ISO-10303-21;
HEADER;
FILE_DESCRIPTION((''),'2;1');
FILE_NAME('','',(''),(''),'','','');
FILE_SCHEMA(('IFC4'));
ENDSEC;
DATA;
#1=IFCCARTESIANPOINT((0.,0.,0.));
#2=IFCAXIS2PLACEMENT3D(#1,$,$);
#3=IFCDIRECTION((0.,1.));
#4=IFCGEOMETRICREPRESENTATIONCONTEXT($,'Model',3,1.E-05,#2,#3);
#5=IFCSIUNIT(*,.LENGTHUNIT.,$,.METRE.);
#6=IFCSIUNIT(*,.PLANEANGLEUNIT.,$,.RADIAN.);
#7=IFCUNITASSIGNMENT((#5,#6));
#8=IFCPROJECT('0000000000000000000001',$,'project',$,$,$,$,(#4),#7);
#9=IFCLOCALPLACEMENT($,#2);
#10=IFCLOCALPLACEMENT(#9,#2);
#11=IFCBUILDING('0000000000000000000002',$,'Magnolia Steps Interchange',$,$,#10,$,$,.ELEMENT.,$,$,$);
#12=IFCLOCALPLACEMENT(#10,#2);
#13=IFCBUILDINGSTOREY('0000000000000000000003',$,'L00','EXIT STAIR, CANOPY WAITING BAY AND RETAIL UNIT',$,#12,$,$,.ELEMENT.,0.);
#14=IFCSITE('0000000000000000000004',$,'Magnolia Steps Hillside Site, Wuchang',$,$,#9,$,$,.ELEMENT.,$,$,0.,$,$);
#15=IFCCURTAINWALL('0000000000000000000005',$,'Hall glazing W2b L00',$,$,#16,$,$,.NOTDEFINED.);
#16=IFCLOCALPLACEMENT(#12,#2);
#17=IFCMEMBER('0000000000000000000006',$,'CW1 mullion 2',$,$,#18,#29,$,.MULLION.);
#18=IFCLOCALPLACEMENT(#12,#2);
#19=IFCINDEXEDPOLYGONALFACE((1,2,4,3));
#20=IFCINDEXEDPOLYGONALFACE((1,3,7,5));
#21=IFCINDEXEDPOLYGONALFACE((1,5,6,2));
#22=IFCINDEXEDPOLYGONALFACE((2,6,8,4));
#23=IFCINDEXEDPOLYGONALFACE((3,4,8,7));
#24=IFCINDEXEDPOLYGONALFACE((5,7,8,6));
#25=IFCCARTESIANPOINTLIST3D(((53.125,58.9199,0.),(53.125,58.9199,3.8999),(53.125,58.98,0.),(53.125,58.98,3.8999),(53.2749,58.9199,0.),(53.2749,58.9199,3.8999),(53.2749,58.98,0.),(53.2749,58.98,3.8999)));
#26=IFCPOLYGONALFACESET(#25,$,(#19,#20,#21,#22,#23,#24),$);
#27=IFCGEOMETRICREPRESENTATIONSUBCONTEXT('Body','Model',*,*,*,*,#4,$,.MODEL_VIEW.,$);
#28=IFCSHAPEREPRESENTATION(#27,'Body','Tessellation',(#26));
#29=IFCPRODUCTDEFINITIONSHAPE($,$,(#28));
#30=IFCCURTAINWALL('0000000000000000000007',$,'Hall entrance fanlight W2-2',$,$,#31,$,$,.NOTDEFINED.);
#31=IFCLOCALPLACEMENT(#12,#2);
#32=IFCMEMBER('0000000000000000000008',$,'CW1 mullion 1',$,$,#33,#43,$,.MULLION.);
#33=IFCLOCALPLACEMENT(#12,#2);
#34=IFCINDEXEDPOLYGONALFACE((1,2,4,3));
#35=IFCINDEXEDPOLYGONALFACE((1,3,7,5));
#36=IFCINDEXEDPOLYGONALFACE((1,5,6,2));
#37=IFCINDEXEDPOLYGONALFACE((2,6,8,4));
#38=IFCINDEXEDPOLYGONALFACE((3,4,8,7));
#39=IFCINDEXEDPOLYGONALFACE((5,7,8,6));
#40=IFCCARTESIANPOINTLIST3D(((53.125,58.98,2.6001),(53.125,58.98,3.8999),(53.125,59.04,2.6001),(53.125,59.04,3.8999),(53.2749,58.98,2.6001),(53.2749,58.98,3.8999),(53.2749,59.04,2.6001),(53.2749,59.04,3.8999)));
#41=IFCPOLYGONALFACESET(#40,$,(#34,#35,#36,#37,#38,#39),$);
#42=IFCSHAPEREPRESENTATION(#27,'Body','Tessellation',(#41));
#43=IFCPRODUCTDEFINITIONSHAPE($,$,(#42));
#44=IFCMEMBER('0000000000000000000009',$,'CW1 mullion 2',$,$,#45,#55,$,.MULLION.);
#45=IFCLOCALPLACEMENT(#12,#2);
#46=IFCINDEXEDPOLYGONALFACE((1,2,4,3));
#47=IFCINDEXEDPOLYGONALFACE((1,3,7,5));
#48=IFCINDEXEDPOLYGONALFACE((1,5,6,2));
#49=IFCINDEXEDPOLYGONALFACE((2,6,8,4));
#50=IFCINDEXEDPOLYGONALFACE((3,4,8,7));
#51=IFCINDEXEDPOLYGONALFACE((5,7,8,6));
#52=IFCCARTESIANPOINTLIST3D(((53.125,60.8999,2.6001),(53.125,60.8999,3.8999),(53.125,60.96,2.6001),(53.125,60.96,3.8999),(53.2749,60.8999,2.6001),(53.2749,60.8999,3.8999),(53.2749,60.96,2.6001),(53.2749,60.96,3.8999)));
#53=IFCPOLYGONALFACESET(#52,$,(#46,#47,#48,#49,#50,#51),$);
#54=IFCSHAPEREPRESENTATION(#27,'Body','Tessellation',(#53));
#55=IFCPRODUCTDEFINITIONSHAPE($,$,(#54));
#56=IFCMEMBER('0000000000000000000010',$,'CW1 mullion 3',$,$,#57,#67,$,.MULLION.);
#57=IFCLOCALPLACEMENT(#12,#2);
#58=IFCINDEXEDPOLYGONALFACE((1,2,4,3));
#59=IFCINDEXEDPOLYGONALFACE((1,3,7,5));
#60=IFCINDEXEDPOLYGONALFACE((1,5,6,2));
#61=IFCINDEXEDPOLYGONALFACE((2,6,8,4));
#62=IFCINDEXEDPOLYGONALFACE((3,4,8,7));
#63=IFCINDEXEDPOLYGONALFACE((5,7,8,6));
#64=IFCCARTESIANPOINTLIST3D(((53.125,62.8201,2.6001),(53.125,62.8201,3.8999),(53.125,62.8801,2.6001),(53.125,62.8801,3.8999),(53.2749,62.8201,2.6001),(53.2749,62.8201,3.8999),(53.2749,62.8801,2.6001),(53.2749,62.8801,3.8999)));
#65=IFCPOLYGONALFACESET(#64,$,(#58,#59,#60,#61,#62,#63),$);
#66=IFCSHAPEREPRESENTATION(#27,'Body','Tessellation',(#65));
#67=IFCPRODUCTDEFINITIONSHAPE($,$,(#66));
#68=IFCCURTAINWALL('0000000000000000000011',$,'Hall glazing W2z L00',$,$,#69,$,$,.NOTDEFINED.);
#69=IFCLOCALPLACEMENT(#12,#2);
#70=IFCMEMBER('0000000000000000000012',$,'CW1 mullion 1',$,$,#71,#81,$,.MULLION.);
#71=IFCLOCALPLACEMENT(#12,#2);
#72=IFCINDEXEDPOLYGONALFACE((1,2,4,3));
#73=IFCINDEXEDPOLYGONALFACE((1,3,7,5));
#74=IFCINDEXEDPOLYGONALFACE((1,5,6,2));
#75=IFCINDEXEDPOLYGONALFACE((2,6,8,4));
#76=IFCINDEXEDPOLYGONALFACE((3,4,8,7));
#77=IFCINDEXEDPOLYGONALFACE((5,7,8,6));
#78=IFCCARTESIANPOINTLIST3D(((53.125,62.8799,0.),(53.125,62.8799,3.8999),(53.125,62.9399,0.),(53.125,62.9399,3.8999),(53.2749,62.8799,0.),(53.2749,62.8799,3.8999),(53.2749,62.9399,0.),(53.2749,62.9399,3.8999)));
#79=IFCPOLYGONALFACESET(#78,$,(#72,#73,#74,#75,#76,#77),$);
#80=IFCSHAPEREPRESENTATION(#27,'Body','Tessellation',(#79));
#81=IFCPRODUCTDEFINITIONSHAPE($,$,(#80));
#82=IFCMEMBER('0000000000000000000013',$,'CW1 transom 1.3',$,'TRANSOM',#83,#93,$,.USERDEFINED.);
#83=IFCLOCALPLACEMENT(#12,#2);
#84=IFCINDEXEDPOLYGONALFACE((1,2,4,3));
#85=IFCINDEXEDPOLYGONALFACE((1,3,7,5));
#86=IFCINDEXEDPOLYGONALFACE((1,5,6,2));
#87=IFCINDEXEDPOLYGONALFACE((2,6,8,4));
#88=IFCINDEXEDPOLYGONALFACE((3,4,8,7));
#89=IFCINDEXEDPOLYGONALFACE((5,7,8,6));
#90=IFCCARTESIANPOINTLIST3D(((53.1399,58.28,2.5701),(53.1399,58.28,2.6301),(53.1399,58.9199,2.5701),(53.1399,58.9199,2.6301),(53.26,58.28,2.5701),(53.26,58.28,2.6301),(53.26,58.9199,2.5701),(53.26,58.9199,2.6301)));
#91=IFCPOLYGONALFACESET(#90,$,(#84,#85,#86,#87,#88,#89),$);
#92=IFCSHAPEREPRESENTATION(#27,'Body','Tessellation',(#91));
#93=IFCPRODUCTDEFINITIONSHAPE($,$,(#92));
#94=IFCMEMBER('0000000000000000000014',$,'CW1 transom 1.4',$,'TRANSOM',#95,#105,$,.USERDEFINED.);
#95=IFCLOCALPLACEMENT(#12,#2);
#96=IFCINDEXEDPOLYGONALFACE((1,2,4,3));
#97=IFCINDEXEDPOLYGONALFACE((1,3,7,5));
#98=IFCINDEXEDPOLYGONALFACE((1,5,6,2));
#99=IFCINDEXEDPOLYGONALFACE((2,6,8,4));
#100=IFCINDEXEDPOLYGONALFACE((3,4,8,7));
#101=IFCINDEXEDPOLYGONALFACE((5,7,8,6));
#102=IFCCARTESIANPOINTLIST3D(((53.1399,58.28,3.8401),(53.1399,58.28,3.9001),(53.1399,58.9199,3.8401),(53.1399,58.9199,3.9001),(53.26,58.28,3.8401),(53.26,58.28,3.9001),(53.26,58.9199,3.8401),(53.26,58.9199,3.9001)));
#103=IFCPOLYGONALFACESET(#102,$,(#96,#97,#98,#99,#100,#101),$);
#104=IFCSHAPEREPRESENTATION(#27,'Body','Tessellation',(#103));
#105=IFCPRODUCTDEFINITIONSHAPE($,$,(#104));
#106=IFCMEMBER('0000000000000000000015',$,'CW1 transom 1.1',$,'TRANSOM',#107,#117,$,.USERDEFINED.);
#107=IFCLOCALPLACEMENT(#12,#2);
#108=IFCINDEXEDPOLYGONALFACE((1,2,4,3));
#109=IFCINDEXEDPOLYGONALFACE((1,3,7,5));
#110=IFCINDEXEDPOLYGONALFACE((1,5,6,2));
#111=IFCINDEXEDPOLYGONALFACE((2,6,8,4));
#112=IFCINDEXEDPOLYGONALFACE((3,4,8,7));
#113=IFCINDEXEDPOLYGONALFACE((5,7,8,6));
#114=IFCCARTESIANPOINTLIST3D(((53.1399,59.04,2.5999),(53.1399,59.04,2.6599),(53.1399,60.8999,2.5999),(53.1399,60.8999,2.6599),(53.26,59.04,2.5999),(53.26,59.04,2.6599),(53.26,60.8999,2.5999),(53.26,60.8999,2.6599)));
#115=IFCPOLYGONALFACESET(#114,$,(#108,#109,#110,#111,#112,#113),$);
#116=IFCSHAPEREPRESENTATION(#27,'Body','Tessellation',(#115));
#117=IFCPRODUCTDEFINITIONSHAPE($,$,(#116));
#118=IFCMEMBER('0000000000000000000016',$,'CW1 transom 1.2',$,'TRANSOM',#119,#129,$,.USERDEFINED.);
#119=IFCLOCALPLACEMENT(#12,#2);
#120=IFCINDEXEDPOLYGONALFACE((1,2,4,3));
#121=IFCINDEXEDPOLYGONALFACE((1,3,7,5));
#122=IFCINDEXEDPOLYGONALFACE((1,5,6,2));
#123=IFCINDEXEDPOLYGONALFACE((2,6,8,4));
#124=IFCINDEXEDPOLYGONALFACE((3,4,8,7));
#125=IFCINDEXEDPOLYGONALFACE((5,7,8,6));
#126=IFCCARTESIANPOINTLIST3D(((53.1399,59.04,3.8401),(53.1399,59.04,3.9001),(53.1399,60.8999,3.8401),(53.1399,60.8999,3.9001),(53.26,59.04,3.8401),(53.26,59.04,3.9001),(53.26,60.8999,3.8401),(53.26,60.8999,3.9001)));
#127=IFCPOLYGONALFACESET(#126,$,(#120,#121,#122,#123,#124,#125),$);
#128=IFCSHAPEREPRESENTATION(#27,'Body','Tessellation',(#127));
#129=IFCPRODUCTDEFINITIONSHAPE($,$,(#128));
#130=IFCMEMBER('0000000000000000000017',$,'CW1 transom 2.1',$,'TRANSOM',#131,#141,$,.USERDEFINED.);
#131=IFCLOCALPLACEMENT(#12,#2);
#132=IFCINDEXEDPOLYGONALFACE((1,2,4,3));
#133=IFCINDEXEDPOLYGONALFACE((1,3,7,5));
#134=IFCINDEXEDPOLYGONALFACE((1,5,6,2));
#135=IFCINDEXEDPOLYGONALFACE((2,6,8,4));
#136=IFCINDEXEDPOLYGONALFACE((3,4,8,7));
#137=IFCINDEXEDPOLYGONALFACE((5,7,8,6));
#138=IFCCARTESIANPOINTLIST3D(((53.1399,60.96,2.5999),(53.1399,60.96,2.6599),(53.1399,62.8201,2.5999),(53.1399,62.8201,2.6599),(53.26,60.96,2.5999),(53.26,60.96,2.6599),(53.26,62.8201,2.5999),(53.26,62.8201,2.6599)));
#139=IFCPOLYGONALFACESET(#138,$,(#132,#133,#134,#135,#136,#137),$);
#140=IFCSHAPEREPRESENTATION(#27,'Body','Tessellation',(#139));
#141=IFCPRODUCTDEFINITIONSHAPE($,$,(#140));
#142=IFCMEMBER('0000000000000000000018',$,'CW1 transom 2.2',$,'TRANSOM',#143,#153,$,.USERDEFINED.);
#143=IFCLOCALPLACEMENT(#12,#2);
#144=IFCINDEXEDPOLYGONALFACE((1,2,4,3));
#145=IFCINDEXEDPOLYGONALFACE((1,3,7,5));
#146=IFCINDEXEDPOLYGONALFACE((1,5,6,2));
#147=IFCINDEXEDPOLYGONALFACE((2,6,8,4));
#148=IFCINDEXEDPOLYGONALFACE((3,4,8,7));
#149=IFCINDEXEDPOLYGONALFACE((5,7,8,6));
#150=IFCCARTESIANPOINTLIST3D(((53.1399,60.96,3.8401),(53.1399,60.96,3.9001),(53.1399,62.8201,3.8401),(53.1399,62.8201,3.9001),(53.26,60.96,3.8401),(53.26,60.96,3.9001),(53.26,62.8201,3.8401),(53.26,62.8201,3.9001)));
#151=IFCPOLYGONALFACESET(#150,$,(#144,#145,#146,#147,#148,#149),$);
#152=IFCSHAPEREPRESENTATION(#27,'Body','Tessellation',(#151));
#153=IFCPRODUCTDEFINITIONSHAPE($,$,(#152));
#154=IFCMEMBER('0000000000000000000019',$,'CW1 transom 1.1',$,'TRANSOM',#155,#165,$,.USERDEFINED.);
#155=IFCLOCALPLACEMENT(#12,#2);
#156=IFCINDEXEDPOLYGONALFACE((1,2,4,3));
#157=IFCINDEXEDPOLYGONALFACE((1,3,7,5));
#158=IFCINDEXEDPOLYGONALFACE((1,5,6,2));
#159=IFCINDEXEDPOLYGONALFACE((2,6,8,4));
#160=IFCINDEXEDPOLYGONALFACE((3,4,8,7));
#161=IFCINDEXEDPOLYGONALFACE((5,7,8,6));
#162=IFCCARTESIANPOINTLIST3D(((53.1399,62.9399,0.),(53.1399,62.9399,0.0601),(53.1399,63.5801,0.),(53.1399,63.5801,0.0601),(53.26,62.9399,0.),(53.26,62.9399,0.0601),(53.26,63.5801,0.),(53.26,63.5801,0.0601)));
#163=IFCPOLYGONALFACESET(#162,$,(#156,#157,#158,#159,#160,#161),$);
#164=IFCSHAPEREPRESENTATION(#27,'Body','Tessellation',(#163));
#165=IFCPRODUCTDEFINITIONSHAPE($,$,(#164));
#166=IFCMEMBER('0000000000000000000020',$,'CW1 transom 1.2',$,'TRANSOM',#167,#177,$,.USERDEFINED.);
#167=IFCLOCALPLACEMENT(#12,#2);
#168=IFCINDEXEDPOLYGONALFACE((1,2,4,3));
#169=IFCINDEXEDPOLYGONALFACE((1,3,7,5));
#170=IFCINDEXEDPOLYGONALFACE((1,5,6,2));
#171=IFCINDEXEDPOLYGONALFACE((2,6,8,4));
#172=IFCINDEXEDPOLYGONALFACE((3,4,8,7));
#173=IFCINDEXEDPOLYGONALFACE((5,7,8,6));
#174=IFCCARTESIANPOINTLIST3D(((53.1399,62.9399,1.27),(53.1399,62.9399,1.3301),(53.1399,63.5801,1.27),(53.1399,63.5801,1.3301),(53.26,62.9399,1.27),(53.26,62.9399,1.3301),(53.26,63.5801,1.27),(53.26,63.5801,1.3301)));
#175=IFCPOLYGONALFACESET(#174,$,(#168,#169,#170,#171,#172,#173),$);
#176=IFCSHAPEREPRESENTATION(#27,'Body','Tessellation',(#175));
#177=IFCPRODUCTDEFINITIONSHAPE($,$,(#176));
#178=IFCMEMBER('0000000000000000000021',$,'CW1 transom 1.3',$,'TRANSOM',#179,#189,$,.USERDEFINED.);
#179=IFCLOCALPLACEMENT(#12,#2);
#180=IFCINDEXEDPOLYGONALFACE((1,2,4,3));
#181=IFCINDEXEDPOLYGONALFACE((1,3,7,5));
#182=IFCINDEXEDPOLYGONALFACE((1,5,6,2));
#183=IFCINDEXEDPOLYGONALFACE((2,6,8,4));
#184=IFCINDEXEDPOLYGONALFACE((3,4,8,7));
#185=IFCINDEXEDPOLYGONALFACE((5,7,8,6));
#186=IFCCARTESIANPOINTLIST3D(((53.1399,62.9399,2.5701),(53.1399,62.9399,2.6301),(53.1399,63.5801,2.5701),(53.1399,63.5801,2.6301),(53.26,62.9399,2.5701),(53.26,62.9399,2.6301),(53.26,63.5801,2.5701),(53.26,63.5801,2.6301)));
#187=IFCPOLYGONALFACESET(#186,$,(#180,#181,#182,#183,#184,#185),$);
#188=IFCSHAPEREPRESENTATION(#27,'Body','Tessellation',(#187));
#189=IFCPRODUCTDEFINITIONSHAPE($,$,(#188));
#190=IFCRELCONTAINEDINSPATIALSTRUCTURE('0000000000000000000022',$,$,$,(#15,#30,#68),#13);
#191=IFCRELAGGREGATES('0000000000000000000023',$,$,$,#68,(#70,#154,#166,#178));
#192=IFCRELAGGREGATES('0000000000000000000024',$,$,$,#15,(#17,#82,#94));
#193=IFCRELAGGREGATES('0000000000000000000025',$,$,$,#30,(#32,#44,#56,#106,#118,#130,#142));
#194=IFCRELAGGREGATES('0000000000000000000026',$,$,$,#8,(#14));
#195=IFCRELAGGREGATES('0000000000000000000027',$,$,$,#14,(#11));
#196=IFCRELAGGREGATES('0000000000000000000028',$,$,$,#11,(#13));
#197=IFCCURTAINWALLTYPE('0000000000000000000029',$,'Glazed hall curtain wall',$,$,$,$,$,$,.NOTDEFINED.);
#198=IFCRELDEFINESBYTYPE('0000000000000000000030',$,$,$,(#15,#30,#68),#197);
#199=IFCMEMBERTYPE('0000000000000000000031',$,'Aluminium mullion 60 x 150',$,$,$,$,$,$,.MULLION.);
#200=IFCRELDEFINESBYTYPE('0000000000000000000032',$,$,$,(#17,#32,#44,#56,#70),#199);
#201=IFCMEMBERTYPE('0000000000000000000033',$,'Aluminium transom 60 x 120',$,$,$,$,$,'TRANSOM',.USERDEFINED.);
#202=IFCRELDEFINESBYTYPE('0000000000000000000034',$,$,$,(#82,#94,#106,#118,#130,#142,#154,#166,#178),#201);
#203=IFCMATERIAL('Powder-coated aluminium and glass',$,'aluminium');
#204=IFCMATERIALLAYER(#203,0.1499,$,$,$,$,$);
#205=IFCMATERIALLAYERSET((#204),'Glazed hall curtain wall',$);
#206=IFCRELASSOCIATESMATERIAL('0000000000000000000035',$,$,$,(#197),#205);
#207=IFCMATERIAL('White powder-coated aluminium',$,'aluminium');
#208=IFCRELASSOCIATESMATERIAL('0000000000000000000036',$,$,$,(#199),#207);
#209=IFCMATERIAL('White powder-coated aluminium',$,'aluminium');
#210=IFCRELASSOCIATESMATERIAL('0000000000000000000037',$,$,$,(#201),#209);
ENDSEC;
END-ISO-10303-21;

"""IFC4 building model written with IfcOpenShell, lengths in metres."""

from ifc_helpers import new_model, si_unit, direction, frame, origin, origin_2d, place, context, subcontext, project, spatial, rectangle, extrude, material, layer, layer_set, material_profile, profile_set, type_object, element, aggregate, save


model = new_model("IFC4")

# Units and contexts
model_context = context("Model", 3, precision=1e-05, world=origin(), true_north=direction((0.0, 1.0)))
body_context = subcontext(model_context, "Body", "Model", "MODEL_VIEW")
ifc_project = project(units=[si_unit("LENGTHUNIT", "METRE"), si_unit("PLANEANGLEUNIT", "RADIAN")], contexts=[model_context])

# Site, building, storey
site_placement = place(None, origin())
site = spatial("IfcSite", under=ifc_project, at=site_placement, Name="Magnolia Steps Hillside Site, Wuchang", CompositionType="ELEMENT", RefElevation=0.0)
building_placement = place(site_placement, origin())
building = spatial("IfcBuilding", under=site, at=building_placement, Name="Magnolia Steps Interchange", CompositionType="ELEMENT")
storey_placement = place(building_placement, origin())
storey = spatial("IfcBuildingStorey", under=building, at=storey_placement, Name="L00", Description="EXIT STAIR, CANOPY WAITING BAY AND RETAIL UNIT", CompositionType="ELEMENT", Elevation=0.0)

# Curtain wall, member
ifc_material_1 = material(Name="Powder-coated aluminium and glass", Category="aluminium")
ifc_layer_1 = layer(ifc_material_1, 0.1499)
ifc_layer_set_1 = layer_set([ifc_layer_1], Name="Glazed hall curtain wall")
curtain_wall_type = type_object("IfcCurtainWallType", Name="Glazed hall curtain wall", PredefinedType="NOTDEFINED", material=ifc_layer_set_1)
curtain_wall_1_placement = place(storey_placement, origin())
curtain_wall_1 = element("IfcCurtainWall", 1, at=curtain_wall_1_placement, inside=storey, type_object=curtain_wall_type, Name="Hall glazing W2b L00", PredefinedType="NOTDEFINED")
ifc_material_2 = material(Name="White powder-coated aluminium", Category="aluminium")
ifc_material_profile_1 = material_profile(ifc_material_2, rectangle(XDim=0.0601, YDim=0.1499, at=origin_2d()), Name="Aluminium mullion 60 x 150")
ifc_profile_set_1 = profile_set([ifc_material_profile_1], Name="White powder-coated aluminium")
member_type_1 = type_object("IfcMemberType", Name="Aluminium mullion 60 x 150", PredefinedType="MULLION", material=ifc_profile_set_1)
member_1_placement = place(storey_placement, frame((53.2, 58.95, 0.0), z_axis=(0.0, 0.0, 1.0), x_axis=(0.0, 1.0, 0.0)))
member_1 = element("IfcMember", 2, at=member_1_placement, type_object=member_type_1, Name="CW1 mullion 2", PredefinedType="MULLION", context=body_context, shape_type="SweptSolid", body=[
    extrude(rectangle(XDim=0.0601, YDim=0.1499, at=origin_2d()), origin(), (0.0, 0.0, 1.0), 3.8999),
])

# Curtain wall, members
curtain_wall_2_placement = place(storey_placement, origin())
curtain_wall_2 = element("IfcCurtainWall", 3, at=curtain_wall_2_placement, inside=storey, type_object=curtain_wall_type, Name="Hall entrance fanlight W2-2", PredefinedType="NOTDEFINED")
member_2_placement = place(storey_placement, frame((53.2, 59.01, 2.6001), z_axis=(0.0, 0.0, 1.0), x_axis=(0.0, 1.0, 0.0)))
member_2 = element("IfcMember", 4, at=member_2_placement, type_object=member_type_1, Name="CW1 mullion 1", PredefinedType="MULLION", context=body_context, shape_type="SweptSolid", body=[
    extrude(rectangle(XDim=0.0601, YDim=0.1499, at=origin_2d()), origin(), (0.0, 0.0, 1.0), 1.2998),
])
member_3_placement = place(storey_placement, frame((53.2, 60.9299, 2.6001), z_axis=(0.0, 0.0, 1.0), x_axis=(0.0, 1.0, 0.0)))
member_3 = element("IfcMember", 5, at=member_3_placement, type_object=member_type_1, Name="CW1 mullion 2", PredefinedType="MULLION", context=body_context, shape_type="SweptSolid", body=[
    extrude(rectangle(XDim=0.0601, YDim=0.1499, at=origin_2d()), origin(), (0.0, 0.0, 1.0), 1.2998),
])
member_4_placement = place(storey_placement, frame((53.2, 62.8501, 2.6001), z_axis=(0.0, 0.0, 1.0), x_axis=(0.0, 1.0, 0.0)))
member_4 = element("IfcMember", 6, at=member_4_placement, type_object=member_type_1, Name="CW1 mullion 3", PredefinedType="MULLION", context=body_context, shape_type="SweptSolid", body=[
    extrude(rectangle(XDim=0.0601, YDim=0.1499, at=origin_2d()), origin(), (0.0, 0.0, 1.0), 1.2998),
])

# Curtain wall, member
curtain_wall_3_placement = place(storey_placement, origin())
curtain_wall_3 = element("IfcCurtainWall", 7, at=curtain_wall_3_placement, inside=storey, type_object=curtain_wall_type, Name="Hall glazing W2z L00", PredefinedType="NOTDEFINED")
member_5_placement = place(storey_placement, frame((53.2, 62.9099, 0.0), z_axis=(0.0, 0.0, 1.0), x_axis=(0.0, 1.0, 0.0)))
member_5 = element("IfcMember", 8, at=member_5_placement, type_object=member_type_1, Name="CW1 mullion 1", PredefinedType="MULLION", context=body_context, shape_type="SweptSolid", body=[
    extrude(rectangle(XDim=0.0601, YDim=0.1499, at=origin_2d()), origin(), (0.0, 0.0, 1.0), 3.8999),
])

# Members
ifc_material_3 = material(Name="White powder-coated aluminium", Category="aluminium")
ifc_material_profile_2 = material_profile(ifc_material_3, rectangle(XDim=0.0601, YDim=0.1201, at=origin_2d()), Name="Aluminium transom 60 x 120")
ifc_profile_set_2 = profile_set([ifc_material_profile_2], Name="White powder-coated aluminium")
member_type_2 = type_object("IfcMemberType", Name="Aluminium transom 60 x 120", ElementType="TRANSOM", PredefinedType="USERDEFINED", material=ifc_profile_set_2)
member_6_placement = place(storey_placement, frame((53.2, 58.28, 2.6001), z_axis=(0.0, 1.0, 0.0), x_axis=(0.0, 0.0, 1.0)))
member_6 = element("IfcMember", 9, at=member_6_placement, type_object=member_type_2, Name="CW1 transom 1.3", ObjectType="TRANSOM", PredefinedType="USERDEFINED", context=body_context, shape_type="SweptSolid", body=[
    extrude(rectangle(XDim=0.0601, YDim=0.1201, at=origin_2d()), origin(), (0.0, 0.0, 1.0), 0.6399),
])
member_7_placement = place(storey_placement, frame((53.2, 58.28, 3.8701), z_axis=(0.0, 1.0, 0.0), x_axis=(0.0, 0.0, 1.0)))
member_7 = element("IfcMember", 10, at=member_7_placement, type_object=member_type_2, Name="CW1 transom 1.4", ObjectType="TRANSOM", PredefinedType="USERDEFINED", context=body_context, shape_type="SweptSolid", body=[
    extrude(rectangle(XDim=0.0601, YDim=0.1201, at=origin_2d()), origin(), (0.0, 0.0, 1.0), 0.6399),
])
member_8_placement = place(storey_placement, frame((53.2, 59.04, 2.6299), z_axis=(0.0, 1.0, 0.0), x_axis=(0.0, 0.0, 1.0)))
member_8 = element("IfcMember", 11, at=member_8_placement, type_object=member_type_2, Name="CW1 transom 1.1", ObjectType="TRANSOM", PredefinedType="USERDEFINED", context=body_context, shape_type="SweptSolid", body=[
    extrude(rectangle(XDim=0.0601, YDim=0.1201, at=origin_2d()), origin(), (0.0, 0.0, 1.0), 1.8599),
])
member_9_placement = place(storey_placement, frame((53.2, 59.04, 3.8701), z_axis=(0.0, 1.0, 0.0), x_axis=(0.0, 0.0, 1.0)))
member_9 = element("IfcMember", 12, at=member_9_placement, type_object=member_type_2, Name="CW1 transom 1.2", ObjectType="TRANSOM", PredefinedType="USERDEFINED", context=body_context, shape_type="SweptSolid", body=[
    extrude(rectangle(XDim=0.0601, YDim=0.1201, at=origin_2d()), origin(), (0.0, 0.0, 1.0), 1.8599),
])
member_10_placement = place(storey_placement, frame((53.2, 60.96, 2.6299), z_axis=(0.0, 1.0, 0.0), x_axis=(0.0, 0.0, 1.0)))
member_10 = element("IfcMember", 13, at=member_10_placement, type_object=member_type_2, Name="CW1 transom 2.1", ObjectType="TRANSOM", PredefinedType="USERDEFINED", context=body_context, shape_type="SweptSolid", body=[
    extrude(rectangle(XDim=0.0601, YDim=0.1201, at=origin_2d()), origin(), (0.0, 0.0, 1.0), 1.8601),
])
member_11_placement = place(storey_placement, frame((53.2, 60.96, 3.8701), z_axis=(0.0, 1.0, 0.0), x_axis=(0.0, 0.0, 1.0)))
member_11 = element("IfcMember", 14, at=member_11_placement, type_object=member_type_2, Name="CW1 transom 2.2", ObjectType="TRANSOM", PredefinedType="USERDEFINED", context=body_context, shape_type="SweptSolid", body=[
    extrude(rectangle(XDim=0.0601, YDim=0.1201, at=origin_2d()), origin(), (0.0, 0.0, 1.0), 1.8601),
])
member_12_placement = place(storey_placement, frame((53.2, 62.9399, 0.03), z_axis=(0.0, 1.0, 0.0), x_axis=(0.0, 0.0, 1.0)))
member_12 = element("IfcMember", 15, at=member_12_placement, type_object=member_type_2, Name="CW1 transom 1.1", ObjectType="TRANSOM", PredefinedType="USERDEFINED", context=body_context, shape_type="SweptSolid", body=[
    extrude(rectangle(XDim=0.0601, YDim=0.1201, at=origin_2d()), origin(), (0.0, 0.0, 1.0), 0.6401),
])
member_13_placement = place(storey_placement, frame((53.2, 62.9399, 1.3), z_axis=(0.0, 1.0, 0.0), x_axis=(0.0, 0.0, 1.0)))
member_13 = element("IfcMember", 16, at=member_13_placement, type_object=member_type_2, Name="CW1 transom 1.2", ObjectType="TRANSOM", PredefinedType="USERDEFINED", context=body_context, shape_type="SweptSolid", body=[
    extrude(rectangle(XDim=0.0601, YDim=0.1201, at=origin_2d()), origin(), (0.0, 0.0, 1.0), 0.6401),
])
member_14_placement = place(storey_placement, frame((53.2, 62.9399, 2.6001), z_axis=(0.0, 1.0, 0.0), x_axis=(0.0, 0.0, 1.0)))
member_14 = element("IfcMember", 17, at=member_14_placement, type_object=member_type_2, Name="CW1 transom 1.3", ObjectType="TRANSOM", PredefinedType="USERDEFINED", context=body_context, shape_type="SweptSolid", body=[
    extrude(rectangle(XDim=0.0601, YDim=0.1201, at=origin_2d()), origin(), (0.0, 0.0, 1.0), 0.6401),
])
aggregate(curtain_wall_3, [member_5, member_12, member_13, member_14])

aggregate(curtain_wall_1, [member_1, member_6, member_7])
aggregate(curtain_wall_2, [member_2, member_3, member_4, member_8, member_9, member_10, member_11])

save(model, "model.ifc")
